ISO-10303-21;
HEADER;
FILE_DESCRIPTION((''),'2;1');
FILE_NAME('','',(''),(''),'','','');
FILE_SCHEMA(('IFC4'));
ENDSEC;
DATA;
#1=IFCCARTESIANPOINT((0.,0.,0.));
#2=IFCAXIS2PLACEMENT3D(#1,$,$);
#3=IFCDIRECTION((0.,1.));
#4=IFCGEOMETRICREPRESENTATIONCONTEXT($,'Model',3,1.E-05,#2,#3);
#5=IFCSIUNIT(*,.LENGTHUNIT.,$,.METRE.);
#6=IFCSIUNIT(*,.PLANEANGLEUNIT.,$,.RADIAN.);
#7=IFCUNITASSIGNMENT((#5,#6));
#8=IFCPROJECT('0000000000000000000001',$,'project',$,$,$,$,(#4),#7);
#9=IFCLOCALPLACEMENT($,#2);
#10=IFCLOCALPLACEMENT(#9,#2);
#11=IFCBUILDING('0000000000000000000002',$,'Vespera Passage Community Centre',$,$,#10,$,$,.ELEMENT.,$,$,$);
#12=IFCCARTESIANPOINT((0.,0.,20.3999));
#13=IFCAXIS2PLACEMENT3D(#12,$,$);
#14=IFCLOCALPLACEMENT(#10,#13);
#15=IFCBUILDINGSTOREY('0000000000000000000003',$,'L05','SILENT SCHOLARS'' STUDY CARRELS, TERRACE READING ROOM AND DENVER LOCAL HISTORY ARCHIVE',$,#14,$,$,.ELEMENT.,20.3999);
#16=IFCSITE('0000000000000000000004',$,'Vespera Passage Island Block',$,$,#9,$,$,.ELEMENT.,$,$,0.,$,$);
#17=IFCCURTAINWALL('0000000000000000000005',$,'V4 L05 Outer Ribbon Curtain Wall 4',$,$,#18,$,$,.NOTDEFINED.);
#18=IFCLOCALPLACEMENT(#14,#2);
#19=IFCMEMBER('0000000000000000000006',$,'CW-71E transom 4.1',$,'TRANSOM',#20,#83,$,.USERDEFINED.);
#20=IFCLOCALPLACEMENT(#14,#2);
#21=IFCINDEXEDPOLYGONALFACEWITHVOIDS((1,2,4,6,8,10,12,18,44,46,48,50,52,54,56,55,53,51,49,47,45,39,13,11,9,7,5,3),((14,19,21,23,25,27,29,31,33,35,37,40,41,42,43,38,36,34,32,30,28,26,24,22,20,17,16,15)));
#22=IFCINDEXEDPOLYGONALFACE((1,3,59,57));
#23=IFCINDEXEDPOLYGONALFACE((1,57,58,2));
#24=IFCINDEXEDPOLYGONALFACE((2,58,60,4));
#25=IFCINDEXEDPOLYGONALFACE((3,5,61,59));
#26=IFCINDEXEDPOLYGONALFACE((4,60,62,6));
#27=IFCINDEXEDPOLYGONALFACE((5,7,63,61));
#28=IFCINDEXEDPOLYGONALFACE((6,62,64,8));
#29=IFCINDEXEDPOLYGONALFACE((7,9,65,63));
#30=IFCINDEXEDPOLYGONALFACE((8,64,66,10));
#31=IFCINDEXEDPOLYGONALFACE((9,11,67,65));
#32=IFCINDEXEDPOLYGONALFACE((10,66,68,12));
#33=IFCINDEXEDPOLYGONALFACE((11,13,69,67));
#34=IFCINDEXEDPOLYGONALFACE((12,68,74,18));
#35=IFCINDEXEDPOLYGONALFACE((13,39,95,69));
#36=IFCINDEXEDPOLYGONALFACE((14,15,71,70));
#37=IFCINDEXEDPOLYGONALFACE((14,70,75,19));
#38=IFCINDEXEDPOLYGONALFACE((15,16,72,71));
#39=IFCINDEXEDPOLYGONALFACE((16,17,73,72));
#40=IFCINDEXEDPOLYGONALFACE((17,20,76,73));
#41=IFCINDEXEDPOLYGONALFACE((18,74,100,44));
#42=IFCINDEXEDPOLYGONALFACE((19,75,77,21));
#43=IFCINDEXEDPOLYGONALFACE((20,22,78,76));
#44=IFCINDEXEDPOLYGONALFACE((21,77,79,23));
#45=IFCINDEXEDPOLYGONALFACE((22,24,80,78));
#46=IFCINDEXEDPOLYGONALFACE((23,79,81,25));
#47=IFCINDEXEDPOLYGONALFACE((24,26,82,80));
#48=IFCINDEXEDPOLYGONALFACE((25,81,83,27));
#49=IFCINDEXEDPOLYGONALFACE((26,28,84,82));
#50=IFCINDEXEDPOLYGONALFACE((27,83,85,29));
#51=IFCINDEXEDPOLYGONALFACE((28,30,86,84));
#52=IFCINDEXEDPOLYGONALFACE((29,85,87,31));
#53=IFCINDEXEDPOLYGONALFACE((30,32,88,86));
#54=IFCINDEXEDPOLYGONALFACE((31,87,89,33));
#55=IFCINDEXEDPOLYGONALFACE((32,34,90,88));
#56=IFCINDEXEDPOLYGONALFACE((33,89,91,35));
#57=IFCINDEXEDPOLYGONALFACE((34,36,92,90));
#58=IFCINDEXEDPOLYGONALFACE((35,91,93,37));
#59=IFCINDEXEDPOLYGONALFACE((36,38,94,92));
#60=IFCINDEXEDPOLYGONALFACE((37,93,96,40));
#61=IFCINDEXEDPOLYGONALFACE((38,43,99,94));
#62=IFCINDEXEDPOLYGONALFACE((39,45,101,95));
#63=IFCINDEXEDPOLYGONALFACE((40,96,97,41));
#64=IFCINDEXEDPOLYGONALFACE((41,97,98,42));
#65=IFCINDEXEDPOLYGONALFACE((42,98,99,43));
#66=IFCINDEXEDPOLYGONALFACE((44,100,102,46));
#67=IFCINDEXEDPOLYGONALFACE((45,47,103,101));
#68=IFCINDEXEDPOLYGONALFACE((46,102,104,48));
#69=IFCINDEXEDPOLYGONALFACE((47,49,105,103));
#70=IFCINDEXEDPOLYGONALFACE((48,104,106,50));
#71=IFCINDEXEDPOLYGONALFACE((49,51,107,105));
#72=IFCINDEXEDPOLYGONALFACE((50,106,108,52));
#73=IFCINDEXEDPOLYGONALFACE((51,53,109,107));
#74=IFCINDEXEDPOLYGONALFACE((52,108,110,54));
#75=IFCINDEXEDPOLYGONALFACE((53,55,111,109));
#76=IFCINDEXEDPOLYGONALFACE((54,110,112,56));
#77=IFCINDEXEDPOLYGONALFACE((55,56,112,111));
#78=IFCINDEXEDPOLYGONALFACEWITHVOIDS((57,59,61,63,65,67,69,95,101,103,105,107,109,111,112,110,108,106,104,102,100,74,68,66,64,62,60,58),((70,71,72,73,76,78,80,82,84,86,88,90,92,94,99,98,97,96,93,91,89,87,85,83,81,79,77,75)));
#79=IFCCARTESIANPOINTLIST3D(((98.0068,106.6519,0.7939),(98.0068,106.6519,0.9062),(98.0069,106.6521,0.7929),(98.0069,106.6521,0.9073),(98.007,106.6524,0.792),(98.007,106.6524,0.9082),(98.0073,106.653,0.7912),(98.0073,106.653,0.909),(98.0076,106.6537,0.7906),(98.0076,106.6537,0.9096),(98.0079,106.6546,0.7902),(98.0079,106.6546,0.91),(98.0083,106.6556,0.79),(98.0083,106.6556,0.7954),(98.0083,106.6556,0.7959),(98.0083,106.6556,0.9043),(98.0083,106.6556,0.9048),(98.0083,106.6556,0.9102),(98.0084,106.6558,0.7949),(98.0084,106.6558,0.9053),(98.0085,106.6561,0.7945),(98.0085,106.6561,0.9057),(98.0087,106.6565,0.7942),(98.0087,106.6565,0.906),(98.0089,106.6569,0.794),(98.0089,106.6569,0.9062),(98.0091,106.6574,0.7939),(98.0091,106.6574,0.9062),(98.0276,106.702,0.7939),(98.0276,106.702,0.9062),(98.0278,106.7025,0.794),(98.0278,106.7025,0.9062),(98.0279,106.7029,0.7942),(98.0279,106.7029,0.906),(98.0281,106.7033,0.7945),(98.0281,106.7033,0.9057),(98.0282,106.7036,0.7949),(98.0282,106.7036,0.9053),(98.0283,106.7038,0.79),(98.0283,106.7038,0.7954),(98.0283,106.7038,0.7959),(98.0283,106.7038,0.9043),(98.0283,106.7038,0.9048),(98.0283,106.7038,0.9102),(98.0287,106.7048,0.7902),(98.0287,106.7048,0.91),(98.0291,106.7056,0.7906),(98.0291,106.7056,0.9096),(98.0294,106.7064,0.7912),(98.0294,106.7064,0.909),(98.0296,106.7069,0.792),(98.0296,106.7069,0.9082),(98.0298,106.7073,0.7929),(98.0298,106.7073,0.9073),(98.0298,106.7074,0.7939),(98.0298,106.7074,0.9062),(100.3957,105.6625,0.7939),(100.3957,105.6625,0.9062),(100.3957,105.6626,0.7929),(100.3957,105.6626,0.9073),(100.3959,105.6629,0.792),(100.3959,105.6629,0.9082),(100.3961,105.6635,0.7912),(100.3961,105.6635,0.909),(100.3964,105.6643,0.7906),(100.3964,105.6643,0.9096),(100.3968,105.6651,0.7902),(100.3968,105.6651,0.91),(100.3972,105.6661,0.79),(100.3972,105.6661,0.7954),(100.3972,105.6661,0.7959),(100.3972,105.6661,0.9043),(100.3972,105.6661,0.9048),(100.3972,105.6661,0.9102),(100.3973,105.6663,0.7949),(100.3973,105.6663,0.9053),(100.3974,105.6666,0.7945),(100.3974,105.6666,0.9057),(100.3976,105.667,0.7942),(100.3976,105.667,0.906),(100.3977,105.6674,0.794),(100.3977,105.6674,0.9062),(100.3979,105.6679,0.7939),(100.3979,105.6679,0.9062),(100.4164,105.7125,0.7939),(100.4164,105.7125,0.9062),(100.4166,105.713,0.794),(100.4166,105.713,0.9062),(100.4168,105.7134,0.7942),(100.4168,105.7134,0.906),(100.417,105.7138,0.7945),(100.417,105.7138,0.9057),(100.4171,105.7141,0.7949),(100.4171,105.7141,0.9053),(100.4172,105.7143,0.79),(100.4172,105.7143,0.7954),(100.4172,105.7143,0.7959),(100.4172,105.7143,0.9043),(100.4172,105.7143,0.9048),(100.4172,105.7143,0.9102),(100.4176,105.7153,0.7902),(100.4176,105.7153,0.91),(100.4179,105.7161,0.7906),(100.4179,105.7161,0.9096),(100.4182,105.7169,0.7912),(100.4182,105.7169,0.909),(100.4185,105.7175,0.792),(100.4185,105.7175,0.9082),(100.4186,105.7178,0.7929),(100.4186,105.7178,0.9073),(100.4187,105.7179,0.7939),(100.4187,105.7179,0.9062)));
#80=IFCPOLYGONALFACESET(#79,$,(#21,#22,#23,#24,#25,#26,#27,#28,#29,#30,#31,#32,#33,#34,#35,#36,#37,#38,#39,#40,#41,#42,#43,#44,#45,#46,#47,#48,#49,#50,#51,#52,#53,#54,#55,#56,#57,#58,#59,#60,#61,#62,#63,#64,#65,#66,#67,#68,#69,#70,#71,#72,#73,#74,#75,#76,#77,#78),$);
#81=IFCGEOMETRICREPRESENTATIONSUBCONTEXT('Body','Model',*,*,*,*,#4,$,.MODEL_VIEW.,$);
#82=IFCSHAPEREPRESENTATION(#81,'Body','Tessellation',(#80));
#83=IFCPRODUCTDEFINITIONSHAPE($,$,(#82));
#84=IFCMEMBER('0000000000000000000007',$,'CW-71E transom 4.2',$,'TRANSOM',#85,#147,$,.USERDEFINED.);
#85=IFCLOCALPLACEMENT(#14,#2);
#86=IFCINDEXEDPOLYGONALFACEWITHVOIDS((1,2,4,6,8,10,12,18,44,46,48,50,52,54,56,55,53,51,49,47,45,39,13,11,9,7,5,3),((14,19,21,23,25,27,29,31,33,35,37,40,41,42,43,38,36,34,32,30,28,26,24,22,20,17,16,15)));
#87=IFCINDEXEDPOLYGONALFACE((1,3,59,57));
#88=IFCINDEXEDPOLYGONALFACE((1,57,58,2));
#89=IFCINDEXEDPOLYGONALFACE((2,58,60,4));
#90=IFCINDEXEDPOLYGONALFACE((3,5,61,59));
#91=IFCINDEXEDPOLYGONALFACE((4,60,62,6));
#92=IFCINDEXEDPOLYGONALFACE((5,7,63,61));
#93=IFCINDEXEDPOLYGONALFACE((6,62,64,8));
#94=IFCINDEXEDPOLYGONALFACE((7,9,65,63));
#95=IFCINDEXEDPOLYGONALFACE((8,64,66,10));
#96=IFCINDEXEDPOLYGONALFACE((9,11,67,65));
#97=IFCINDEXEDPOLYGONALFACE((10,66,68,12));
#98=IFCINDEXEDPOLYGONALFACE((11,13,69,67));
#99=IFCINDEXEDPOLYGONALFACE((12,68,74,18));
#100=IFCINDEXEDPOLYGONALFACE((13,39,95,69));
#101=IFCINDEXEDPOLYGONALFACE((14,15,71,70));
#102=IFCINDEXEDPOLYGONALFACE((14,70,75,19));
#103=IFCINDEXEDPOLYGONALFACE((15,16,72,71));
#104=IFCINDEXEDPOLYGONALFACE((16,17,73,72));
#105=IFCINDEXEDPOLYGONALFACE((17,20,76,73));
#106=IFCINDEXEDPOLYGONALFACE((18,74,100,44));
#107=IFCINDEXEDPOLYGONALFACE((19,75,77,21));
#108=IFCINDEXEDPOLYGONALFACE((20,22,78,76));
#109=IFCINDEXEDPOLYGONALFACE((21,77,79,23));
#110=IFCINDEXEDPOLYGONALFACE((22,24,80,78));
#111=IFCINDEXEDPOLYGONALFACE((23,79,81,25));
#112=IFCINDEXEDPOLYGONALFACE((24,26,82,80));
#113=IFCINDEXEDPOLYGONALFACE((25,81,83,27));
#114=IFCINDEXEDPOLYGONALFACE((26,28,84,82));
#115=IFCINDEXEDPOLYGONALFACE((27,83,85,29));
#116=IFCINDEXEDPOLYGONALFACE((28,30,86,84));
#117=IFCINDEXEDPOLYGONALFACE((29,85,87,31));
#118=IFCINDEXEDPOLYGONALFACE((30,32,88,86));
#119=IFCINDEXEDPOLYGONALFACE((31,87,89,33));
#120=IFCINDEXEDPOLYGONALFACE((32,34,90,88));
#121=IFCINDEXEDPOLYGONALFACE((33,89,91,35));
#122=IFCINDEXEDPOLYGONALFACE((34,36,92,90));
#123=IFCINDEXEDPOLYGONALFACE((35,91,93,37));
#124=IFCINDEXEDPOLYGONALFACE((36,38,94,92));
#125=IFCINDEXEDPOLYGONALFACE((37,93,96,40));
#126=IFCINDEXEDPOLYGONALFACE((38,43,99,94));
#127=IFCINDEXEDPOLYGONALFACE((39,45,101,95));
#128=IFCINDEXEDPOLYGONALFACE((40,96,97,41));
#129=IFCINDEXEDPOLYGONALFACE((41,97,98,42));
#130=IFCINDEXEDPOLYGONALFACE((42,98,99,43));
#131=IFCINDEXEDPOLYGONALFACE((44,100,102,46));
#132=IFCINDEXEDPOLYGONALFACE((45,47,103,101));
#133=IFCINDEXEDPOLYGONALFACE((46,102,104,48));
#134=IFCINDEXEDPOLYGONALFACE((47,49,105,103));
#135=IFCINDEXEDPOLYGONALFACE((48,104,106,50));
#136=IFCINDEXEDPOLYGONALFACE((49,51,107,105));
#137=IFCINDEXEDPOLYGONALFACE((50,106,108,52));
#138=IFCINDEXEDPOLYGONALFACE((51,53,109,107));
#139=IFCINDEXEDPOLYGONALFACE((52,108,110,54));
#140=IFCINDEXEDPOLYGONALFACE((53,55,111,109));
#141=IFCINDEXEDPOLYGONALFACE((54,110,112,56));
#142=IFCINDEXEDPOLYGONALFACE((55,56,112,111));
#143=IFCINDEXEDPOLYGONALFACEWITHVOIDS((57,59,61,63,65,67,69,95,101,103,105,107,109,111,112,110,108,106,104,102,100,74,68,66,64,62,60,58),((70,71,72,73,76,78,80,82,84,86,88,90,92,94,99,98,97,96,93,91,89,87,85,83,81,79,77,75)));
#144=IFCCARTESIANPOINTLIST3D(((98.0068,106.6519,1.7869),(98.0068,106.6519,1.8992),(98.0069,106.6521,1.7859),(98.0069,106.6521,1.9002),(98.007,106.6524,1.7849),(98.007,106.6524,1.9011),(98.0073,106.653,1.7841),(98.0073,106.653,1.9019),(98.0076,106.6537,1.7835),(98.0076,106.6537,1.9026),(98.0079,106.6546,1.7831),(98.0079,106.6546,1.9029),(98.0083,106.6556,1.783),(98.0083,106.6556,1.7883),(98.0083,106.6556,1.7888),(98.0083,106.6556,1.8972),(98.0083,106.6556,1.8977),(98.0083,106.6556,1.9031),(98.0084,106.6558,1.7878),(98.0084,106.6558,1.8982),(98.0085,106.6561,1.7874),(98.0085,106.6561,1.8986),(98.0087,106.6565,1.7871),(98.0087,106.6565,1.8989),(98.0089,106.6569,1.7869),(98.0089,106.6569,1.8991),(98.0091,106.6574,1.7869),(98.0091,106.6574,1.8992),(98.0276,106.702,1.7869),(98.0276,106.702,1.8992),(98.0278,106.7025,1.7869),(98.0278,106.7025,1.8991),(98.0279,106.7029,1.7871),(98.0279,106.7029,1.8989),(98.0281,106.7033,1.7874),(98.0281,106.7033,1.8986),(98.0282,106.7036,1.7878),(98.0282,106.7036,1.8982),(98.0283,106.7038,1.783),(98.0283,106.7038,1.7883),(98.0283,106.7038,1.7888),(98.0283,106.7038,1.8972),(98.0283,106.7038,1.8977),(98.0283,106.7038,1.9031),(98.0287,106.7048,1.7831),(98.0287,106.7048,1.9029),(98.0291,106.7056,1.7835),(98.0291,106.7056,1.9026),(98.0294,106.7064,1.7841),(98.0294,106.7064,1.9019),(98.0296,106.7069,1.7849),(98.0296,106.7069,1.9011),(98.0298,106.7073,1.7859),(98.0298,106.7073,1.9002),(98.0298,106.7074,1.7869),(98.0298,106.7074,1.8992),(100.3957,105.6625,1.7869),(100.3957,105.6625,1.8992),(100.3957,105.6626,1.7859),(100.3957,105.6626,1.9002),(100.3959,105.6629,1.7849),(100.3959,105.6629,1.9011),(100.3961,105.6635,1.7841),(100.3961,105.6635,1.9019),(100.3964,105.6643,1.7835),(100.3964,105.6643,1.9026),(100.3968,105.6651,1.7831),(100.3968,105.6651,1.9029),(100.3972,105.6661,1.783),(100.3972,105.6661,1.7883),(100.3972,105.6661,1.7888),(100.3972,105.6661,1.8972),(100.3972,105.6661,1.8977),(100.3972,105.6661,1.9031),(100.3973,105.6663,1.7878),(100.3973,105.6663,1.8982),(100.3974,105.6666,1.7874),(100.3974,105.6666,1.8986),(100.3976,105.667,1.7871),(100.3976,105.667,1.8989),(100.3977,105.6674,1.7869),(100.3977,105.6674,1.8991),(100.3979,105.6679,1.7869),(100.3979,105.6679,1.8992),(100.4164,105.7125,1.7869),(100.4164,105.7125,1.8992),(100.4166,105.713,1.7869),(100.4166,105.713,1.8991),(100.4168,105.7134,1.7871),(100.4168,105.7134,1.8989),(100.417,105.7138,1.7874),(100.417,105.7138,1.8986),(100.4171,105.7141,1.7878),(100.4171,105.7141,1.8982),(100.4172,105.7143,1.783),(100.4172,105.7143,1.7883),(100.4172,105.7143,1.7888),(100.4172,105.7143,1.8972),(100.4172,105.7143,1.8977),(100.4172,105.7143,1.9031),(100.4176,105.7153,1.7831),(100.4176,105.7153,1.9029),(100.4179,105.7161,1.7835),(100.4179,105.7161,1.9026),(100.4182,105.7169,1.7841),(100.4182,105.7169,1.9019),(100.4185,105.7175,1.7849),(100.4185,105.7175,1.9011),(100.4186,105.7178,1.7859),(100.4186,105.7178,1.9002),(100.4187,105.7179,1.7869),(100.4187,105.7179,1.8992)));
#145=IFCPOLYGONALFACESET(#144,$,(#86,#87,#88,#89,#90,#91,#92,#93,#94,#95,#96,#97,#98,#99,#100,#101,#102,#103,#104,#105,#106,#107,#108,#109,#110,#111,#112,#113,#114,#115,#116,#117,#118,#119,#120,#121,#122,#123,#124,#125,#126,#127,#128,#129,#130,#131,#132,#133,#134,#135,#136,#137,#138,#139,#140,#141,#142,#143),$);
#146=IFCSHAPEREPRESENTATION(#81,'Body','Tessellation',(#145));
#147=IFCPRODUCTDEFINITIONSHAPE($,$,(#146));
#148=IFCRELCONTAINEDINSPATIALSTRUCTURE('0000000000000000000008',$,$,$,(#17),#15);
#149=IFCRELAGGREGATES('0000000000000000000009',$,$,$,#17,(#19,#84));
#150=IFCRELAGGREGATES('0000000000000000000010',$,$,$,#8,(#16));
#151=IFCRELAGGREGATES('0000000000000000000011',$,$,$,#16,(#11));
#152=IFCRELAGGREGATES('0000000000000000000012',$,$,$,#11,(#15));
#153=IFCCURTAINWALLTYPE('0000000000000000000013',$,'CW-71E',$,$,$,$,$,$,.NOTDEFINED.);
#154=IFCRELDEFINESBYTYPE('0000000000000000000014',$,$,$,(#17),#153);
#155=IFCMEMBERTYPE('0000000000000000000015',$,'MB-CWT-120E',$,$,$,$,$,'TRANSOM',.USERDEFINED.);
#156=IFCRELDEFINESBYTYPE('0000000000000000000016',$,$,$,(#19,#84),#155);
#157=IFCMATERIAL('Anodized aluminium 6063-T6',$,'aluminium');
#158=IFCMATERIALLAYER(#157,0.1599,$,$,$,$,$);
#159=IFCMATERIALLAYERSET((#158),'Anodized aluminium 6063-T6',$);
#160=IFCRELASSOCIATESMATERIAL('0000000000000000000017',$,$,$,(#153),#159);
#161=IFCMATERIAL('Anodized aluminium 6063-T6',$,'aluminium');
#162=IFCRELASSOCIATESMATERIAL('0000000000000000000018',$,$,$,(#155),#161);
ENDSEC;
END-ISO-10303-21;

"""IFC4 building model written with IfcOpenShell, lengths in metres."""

from ifc_helpers import new_model, si_unit, direction, frame, origin, origin_2d, place, context, subcontext, project, spatial, hollow_rectangle, extrude, material, layer, layer_set, material_profile, profile_set, type_object, element, aggregate, save


model = new_model("IFC4")

# Units and contexts
model_context = context("Model", 3, precision=1e-05, world=origin(), true_north=direction((0.0, 1.0)))
body_context = subcontext(model_context, "Body", "Model", "MODEL_VIEW")
ifc_project = project(units=[si_unit("LENGTHUNIT", "METRE"), si_unit("PLANEANGLEUNIT", "RADIAN")], contexts=[model_context])

# Site, building, storey
site_placement = place(None, origin())
site = spatial("IfcSite", under=ifc_project, at=site_placement, Name="Vespera Passage Island Block", CompositionType="ELEMENT", RefElevation=0.0)
building_placement = place(site_placement, origin())
building = spatial("IfcBuilding", under=site, at=building_placement, Name="Vespera Passage Community Centre", CompositionType="ELEMENT")
storey_placement = place(building_placement, frame((0.0, 0.0, 20.3999)))
storey = spatial("IfcBuildingStorey", under=building, at=storey_placement, Name="L05", Description="SILENT SCHOLARS' STUDY CARRELS, TERRACE READING ROOM AND DENVER LOCAL HISTORY ARCHIVE", CompositionType="ELEMENT", Elevation=20.3999)

# Curtain wall, members
ifc_material_1 = material(Name="Anodized aluminium 6063-T6", Category="aluminium")
ifc_layer_1 = layer(ifc_material_1, 0.1599)
ifc_layer_set_1 = layer_set([ifc_layer_1], Name="Anodized aluminium 6063-T6")
curtain_wall_type_1 = type_object("IfcCurtainWallType", Name="CW-71E", PredefinedType="NOTDEFINED", material=ifc_layer_set_1)
curtain_wall_1_placement = place(storey_placement, origin())
curtain_wall_1 = element("IfcCurtainWall", 1, at=curtain_wall_1_placement, inside=storey, type_object=curtain_wall_type_1, Name="V4 L05 Outer Ribbon Curtain Wall 4", PredefinedType="NOTDEFINED")
ifc_material_2 = material(Name="Anodized aluminium 6063-T6", Category="aluminium")
ifc_material_profile_1 = material_profile(ifc_material_2, hollow_rectangle(XDim=0.0601, YDim=0.1201, WallThickness=0.0039, InnerFilletRadius=0.002, OuterFilletRadius=0.0039, at=origin_2d()), Name="ALU120X60X4")
ifc_profile_set_1 = profile_set([ifc_material_profile_1], Name="Anodized aluminium 6063-T6")
member_type_1 = type_object("IfcMemberType", Name="MB-CWT-120E", ElementType="TRANSOM", PredefinedType="USERDEFINED", material=ifc_profile_set_1)
member_1_placement = place(storey_placement, frame((98.0183, 106.6797, 0.8501), z_axis=(0.923882, -0.382677, 0.0), x_axis=(0.382677, 0.923882, 0.0)))
member_1 = element("IfcMember", 2, at=member_1_placement, type_object=member_type_1, Name="CW-71E transom 4.1", ObjectType="TRANSOM", PredefinedType="USERDEFINED", context=body_context, shape_type="SweptSolid", body=[
    extrude(hollow_rectangle(XDim=0.0601, YDim=0.1201, WallThickness=0.0039, InnerFilletRadius=0.002, OuterFilletRadius=0.0039, at=origin_2d()), origin(), (0.0, 0.0, 1.0), 2.5857),
])
member_2_placement = place(storey_placement, frame((98.0183, 106.6797, 1.843), z_axis=(0.923882, -0.382677, 0.0), x_axis=(0.382677, 0.923882, 0.0)))
member_2 = element("IfcMember", 3, at=member_2_placement, type_object=member_type_1, Name="CW-71E transom 4.2", ObjectType="TRANSOM", PredefinedType="USERDEFINED", context=body_context, shape_type="SweptSolid", body=[
    extrude(hollow_rectangle(XDim=0.0601, YDim=0.1201, WallThickness=0.0039, InnerFilletRadius=0.002, OuterFilletRadius=0.0039, at=origin_2d()), origin(), (0.0, 0.0, 1.0), 2.5857),
])
aggregate(curtain_wall_1, [member_1, member_2])

save(model, "model.ifc")
